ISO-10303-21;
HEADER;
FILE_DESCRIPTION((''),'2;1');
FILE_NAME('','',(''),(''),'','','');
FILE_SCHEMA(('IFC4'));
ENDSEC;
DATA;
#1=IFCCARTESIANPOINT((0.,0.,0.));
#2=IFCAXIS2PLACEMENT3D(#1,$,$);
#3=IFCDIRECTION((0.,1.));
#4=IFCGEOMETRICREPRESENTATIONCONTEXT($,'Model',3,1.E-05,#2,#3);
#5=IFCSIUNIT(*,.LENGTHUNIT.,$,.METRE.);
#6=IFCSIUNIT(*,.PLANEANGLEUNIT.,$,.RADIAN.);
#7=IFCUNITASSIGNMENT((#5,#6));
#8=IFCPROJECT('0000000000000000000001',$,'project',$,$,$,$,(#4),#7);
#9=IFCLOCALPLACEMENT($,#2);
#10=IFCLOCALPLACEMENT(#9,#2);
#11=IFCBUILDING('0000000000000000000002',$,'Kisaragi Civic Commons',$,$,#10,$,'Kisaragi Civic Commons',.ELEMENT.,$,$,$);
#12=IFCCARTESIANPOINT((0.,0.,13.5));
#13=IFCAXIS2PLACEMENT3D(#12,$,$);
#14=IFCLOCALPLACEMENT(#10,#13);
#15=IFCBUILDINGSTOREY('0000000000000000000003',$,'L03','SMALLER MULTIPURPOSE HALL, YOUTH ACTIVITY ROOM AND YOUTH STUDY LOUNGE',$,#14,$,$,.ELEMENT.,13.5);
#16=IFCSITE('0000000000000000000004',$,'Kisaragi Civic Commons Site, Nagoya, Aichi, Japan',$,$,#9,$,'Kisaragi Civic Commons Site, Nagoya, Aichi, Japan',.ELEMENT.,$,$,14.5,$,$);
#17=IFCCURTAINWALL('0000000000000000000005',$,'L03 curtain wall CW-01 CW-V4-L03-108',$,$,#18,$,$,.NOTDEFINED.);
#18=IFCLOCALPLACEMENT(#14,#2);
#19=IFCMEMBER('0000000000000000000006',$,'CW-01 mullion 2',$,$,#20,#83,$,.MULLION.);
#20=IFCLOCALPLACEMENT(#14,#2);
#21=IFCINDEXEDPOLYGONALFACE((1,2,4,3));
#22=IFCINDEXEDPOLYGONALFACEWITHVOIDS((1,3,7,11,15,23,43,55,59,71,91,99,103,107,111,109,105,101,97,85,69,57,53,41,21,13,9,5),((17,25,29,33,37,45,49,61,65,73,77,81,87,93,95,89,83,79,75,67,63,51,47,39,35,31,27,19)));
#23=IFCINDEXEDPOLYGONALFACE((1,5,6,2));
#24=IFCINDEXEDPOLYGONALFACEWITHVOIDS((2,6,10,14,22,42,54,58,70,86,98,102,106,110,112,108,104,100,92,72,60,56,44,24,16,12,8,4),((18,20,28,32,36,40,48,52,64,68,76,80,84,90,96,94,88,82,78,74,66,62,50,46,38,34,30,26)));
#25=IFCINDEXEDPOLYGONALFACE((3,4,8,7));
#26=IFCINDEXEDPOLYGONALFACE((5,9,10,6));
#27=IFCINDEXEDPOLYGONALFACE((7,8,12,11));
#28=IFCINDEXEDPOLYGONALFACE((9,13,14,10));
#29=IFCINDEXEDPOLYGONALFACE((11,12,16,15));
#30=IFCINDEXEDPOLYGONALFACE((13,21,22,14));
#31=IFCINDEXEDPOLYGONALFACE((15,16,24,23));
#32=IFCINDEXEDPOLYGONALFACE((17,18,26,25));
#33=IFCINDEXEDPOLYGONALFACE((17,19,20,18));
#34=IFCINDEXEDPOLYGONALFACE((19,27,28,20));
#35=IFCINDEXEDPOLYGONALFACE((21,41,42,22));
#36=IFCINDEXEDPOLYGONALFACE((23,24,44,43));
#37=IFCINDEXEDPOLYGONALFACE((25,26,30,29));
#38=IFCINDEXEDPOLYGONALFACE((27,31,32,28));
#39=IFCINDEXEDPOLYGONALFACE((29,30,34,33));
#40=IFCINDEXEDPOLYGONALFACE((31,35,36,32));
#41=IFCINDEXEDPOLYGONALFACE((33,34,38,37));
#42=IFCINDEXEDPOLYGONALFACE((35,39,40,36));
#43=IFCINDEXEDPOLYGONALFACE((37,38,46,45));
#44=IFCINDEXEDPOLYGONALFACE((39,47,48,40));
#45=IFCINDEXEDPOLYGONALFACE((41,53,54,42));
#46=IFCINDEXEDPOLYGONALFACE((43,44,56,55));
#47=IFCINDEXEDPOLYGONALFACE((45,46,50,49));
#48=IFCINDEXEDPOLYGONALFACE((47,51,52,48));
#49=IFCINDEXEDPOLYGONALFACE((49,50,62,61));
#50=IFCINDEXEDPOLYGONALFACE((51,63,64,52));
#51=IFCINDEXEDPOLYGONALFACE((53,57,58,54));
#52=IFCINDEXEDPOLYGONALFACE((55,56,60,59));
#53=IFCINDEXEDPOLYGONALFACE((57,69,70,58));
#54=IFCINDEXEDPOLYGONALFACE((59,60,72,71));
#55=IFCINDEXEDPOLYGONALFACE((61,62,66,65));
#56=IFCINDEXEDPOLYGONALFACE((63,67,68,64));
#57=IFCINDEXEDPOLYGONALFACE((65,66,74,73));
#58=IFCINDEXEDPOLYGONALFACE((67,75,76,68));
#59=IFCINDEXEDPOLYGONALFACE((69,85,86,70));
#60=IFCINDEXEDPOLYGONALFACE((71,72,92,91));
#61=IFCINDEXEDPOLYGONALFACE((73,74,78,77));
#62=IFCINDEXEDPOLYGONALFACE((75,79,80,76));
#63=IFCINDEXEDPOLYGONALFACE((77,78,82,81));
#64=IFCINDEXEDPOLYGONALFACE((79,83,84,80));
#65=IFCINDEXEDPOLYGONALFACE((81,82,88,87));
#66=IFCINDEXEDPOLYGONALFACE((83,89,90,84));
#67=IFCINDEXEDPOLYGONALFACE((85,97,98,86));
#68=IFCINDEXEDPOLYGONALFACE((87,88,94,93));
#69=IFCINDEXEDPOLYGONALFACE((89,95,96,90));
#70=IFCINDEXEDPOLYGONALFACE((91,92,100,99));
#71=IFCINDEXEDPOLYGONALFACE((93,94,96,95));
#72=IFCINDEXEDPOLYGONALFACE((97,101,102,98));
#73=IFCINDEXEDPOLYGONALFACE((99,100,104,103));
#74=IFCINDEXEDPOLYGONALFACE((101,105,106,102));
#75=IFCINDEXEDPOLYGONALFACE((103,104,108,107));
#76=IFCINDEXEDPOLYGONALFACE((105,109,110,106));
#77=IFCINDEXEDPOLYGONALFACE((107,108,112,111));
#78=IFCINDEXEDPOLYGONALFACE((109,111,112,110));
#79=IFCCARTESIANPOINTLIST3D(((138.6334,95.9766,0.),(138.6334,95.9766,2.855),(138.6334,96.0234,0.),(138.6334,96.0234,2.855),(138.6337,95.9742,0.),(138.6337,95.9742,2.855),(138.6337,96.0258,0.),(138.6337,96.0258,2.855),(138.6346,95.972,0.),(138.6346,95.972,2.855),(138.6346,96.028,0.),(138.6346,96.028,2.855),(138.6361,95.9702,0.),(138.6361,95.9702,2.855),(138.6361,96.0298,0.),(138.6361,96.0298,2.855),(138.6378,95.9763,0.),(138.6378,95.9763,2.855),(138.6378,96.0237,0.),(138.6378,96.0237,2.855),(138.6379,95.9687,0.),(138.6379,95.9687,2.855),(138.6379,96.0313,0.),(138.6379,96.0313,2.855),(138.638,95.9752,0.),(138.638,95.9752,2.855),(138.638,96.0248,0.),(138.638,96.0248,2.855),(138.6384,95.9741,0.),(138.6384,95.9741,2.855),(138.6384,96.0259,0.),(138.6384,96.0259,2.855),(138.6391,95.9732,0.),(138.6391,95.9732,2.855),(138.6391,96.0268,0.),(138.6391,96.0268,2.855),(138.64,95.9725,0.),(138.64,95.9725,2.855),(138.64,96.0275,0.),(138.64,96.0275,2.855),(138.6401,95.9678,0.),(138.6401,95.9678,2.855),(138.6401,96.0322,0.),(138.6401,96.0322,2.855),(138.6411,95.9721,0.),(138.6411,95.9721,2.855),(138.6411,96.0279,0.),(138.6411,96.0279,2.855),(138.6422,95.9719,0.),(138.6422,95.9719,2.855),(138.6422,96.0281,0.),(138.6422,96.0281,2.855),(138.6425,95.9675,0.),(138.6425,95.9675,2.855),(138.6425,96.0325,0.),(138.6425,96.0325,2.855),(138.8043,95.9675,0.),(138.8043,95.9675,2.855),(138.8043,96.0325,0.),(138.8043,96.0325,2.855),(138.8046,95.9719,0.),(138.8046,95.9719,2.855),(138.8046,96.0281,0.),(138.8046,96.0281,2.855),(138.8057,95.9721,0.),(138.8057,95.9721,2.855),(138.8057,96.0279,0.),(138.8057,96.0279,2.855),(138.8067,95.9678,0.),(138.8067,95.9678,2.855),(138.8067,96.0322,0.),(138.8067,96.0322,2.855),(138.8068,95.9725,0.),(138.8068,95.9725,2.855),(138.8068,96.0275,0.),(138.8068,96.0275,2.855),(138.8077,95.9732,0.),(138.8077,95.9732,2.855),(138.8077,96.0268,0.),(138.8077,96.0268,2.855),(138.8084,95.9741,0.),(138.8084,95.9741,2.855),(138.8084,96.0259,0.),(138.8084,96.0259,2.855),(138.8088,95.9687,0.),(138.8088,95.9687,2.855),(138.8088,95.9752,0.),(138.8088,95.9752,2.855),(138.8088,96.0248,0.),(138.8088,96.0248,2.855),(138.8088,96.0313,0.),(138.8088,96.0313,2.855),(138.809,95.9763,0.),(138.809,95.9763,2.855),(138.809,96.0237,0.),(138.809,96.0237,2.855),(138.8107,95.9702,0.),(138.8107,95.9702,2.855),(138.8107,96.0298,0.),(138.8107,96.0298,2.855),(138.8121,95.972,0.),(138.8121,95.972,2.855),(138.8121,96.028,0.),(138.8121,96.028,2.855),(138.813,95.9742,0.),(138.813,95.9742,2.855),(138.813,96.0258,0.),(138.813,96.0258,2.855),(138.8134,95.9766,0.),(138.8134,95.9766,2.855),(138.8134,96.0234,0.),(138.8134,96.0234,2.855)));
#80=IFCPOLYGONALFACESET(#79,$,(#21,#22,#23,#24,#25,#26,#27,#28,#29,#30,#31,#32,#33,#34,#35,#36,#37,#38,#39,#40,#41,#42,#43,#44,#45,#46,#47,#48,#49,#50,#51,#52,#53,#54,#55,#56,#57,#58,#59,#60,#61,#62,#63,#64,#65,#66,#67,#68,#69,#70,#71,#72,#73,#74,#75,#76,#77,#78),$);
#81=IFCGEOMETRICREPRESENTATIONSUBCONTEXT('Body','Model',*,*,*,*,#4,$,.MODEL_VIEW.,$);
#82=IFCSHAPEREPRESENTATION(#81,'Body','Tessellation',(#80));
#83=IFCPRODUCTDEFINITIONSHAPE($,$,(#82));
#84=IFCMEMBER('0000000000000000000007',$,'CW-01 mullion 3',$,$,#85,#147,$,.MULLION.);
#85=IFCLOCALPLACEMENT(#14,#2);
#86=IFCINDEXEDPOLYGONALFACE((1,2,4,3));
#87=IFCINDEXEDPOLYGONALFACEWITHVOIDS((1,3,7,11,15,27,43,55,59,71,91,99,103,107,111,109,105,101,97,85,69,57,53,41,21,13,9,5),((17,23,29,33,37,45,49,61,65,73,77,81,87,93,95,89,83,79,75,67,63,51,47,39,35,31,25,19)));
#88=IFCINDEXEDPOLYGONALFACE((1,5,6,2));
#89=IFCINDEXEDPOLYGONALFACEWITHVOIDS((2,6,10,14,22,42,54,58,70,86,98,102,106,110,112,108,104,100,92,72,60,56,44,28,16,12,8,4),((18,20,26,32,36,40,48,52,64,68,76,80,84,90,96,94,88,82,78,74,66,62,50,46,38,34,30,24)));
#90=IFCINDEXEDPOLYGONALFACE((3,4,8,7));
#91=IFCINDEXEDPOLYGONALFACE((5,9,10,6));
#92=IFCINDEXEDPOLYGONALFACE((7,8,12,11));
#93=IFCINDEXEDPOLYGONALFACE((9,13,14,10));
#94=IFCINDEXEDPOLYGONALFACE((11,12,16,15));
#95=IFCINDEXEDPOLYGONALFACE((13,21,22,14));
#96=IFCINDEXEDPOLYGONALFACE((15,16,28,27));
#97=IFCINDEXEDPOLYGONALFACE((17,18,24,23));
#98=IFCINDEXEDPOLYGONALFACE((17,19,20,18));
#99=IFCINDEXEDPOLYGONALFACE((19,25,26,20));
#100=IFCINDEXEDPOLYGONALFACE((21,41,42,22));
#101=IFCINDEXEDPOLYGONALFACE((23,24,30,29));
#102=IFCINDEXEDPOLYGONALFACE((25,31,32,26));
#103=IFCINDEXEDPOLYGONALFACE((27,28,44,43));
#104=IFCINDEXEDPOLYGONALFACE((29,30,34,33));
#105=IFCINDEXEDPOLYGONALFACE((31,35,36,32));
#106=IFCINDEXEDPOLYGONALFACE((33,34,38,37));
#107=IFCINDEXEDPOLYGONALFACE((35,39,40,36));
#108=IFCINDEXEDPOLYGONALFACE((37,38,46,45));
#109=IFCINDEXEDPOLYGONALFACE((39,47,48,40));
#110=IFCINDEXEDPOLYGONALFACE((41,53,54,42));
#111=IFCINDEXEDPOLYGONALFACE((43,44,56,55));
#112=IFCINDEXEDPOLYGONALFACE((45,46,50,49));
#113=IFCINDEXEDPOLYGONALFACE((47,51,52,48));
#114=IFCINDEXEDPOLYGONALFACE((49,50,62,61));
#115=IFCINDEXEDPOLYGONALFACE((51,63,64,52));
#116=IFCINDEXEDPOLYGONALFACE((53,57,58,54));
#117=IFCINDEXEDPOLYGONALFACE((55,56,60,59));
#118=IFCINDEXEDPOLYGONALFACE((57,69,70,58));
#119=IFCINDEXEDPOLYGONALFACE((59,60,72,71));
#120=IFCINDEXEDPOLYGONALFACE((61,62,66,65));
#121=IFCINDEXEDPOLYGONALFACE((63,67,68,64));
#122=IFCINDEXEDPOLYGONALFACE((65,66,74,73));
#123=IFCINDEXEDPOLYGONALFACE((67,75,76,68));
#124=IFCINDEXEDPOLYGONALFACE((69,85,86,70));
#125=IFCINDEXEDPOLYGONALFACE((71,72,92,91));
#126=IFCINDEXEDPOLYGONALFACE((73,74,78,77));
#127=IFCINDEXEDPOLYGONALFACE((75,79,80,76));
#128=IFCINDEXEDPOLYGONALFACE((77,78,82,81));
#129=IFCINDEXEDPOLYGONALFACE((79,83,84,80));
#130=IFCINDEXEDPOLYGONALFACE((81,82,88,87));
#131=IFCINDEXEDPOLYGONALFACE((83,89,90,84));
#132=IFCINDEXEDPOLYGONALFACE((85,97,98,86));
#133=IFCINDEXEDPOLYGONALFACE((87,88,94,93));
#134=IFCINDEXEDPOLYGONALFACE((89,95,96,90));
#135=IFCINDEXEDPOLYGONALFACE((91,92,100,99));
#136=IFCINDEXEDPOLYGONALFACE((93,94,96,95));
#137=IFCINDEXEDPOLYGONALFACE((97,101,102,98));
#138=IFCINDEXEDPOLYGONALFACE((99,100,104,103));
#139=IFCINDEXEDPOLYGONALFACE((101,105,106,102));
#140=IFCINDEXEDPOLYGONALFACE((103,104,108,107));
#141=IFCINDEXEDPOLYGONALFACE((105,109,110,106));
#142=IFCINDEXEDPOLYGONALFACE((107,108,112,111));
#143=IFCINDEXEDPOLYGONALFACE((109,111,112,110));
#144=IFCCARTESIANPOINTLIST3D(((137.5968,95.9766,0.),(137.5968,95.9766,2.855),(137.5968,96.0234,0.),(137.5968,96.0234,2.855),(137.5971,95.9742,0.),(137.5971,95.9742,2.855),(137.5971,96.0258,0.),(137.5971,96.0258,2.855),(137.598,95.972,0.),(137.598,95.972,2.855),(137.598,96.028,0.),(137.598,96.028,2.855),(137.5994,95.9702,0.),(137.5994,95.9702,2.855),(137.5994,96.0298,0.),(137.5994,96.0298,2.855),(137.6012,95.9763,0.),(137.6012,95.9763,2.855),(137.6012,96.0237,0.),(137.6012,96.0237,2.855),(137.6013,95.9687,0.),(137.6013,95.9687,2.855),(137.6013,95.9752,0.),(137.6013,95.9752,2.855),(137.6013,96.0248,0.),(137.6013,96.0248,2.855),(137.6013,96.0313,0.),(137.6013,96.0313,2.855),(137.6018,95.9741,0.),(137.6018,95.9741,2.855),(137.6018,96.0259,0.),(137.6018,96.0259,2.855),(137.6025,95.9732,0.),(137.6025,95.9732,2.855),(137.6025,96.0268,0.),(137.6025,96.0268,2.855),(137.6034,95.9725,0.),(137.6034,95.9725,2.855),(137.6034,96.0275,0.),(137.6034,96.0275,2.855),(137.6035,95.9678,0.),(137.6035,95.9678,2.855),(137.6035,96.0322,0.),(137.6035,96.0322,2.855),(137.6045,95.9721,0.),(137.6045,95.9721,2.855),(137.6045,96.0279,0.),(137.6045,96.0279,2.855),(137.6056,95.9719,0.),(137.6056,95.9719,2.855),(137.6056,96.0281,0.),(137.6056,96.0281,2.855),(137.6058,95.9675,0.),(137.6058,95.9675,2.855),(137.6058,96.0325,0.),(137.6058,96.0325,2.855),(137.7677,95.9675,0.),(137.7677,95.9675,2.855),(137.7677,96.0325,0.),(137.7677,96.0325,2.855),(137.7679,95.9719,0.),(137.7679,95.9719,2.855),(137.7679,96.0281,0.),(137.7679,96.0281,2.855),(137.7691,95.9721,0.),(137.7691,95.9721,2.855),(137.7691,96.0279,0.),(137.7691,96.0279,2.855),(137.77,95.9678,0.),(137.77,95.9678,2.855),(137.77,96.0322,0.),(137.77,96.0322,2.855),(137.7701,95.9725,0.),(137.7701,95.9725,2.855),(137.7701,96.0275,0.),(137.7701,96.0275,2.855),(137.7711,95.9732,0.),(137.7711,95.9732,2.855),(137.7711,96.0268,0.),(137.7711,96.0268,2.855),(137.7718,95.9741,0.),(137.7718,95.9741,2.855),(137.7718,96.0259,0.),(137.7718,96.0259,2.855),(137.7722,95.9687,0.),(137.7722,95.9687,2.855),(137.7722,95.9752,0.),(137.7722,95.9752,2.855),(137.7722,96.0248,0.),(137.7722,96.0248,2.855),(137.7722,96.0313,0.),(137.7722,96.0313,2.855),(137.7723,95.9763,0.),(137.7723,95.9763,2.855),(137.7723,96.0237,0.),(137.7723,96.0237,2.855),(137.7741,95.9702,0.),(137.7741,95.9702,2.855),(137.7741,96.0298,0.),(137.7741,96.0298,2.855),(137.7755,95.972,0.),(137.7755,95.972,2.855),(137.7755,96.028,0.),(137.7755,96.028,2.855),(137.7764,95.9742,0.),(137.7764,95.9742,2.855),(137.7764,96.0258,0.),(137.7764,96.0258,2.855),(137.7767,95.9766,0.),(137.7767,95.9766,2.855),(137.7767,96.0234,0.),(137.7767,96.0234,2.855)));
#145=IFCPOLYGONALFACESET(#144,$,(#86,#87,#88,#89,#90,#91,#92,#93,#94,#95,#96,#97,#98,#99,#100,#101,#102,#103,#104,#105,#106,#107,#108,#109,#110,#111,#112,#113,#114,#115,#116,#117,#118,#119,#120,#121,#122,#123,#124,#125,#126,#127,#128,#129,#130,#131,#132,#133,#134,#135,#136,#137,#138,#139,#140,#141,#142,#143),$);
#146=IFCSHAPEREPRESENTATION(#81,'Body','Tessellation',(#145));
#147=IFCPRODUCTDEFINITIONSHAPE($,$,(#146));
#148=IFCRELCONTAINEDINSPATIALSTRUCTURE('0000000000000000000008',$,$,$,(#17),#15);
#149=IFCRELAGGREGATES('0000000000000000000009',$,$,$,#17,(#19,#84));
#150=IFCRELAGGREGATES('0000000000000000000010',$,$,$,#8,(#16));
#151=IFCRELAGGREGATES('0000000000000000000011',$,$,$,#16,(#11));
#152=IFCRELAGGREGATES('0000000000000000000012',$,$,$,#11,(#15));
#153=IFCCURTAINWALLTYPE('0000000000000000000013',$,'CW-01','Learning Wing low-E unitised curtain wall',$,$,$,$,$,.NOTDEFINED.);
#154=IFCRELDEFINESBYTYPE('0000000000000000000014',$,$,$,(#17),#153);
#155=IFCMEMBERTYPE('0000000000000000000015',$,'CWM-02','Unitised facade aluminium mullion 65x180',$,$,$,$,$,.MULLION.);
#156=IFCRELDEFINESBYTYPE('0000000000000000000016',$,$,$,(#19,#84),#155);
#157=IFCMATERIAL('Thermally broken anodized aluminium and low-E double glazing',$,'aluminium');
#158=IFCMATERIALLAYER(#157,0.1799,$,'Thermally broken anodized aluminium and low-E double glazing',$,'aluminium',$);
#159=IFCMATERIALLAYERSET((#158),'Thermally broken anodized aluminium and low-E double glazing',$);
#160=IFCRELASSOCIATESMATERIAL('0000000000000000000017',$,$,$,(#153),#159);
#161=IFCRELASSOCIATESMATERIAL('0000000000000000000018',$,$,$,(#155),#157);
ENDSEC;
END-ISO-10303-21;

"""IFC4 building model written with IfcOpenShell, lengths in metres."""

from ifc_helpers import new_model, si_unit, direction, frame, origin, origin_2d, place, context, subcontext, project, spatial, hollow_rectangle, extrude, material, layer, layer_set, material_profile, profile_set, type_object, element, aggregate, save


model = new_model("IFC4")

# Units and contexts
model_context = context("Model", 3, precision=1e-05, world=origin(), true_north=direction((0.0, 1.0)))
body_context = subcontext(model_context, "Body", "Model", "MODEL_VIEW")
ifc_project = project(units=[si_unit("LENGTHUNIT", "METRE"), si_unit("PLANEANGLEUNIT", "RADIAN")], contexts=[model_context])

# Site, building, storey
site_placement = place(None, origin())
site = spatial("IfcSite", under=ifc_project, at=site_placement, Name="Kisaragi Civic Commons Site, Nagoya, Aichi, Japan", LongName="Kisaragi Civic Commons Site, Nagoya, Aichi, Japan", CompositionType="ELEMENT", RefElevation=14.5)
building_placement = place(site_placement, origin())
building = spatial("IfcBuilding", under=site, at=building_placement, Name="Kisaragi Civic Commons", LongName="Kisaragi Civic Commons", CompositionType="ELEMENT")
storey_placement = place(building_placement, frame((0.0, 0.0, 13.5)))
storey = spatial("IfcBuildingStorey", under=building, at=storey_placement, Name="L03", Description="SMALLER MULTIPURPOSE HALL, YOUTH ACTIVITY ROOM AND YOUTH STUDY LOUNGE", CompositionType="ELEMENT", Elevation=13.5)

# Shared definitions
ifc_material = material(Name="Thermally broken anodized aluminium and low-E double glazing", Category="aluminium")
ifc_layer_1 = layer(ifc_material, 0.1799, Name="Thermally broken anodized aluminium and low-E double glazing", Category="aluminium")
ifc_layer_set_1 = layer_set([ifc_layer_1], Name="Thermally broken anodized aluminium and low-E double glazing")
curtain_wall_type = type_object("IfcCurtainWallType", Name="CW-01", Description="Learning Wing low-E unitised curtain wall", PredefinedType="NOTDEFINED", material=ifc_layer_set_1)
ifc_material_profile_1 = material_profile(ifc_material, hollow_rectangle(XDim=0.0649, YDim=0.1799, WallThickness=0.0044, InnerFilletRadius=0.0044, OuterFilletRadius=0.009, at=origin_2d()), Name="CWM-65x180x4.5", Category="aluminium")
ifc_profile_set_1 = profile_set([ifc_material_profile_1], Name="Thermally broken anodized aluminium and low-E double glazing")
member_type_1 = type_object("IfcMemberType", Name="CWM-02", Description="Unitised facade aluminium mullion 65x180", PredefinedType="MULLION", material=ifc_profile_set_1)

# Curtain wall, members
curtain_wall_1_placement = place(storey_placement, origin())
curtain_wall_1 = element("IfcCurtainWall", 1, at=curtain_wall_1_placement, inside=storey, type_object=curtain_wall_type, Name="L03 curtain wall CW-01 CW-V4-L03-108", PredefinedType="NOTDEFINED")
member_1_placement = place(storey_placement, frame((138.7234, 96.0, 0.0), z_axis=(0.0, 0.0, 1.0), x_axis=(0.0, -1.0, 0.0)))
member_1 = element("IfcMember", 2, at=member_1_placement, type_object=member_type_1, Name="CW-01 mullion 2", PredefinedType="MULLION", context=body_context, shape_type="SweptSolid", body=[
    extrude(hollow_rectangle(XDim=0.0649, YDim=0.1799, WallThickness=0.0044, InnerFilletRadius=0.0044, OuterFilletRadius=0.009, at=origin_2d()), origin(), (0.0, 0.0, 1.0), 2.855),
])
member_2_placement = place(storey_placement, frame((137.6868, 96.0, 0.0), z_axis=(0.0, 0.0, 1.0), x_axis=(0.0, -1.0, 0.0)))
member_2 = element("IfcMember", 3, at=member_2_placement, type_object=member_type_1, Name="CW-01 mullion 3", PredefinedType="MULLION", context=body_context, shape_type="SweptSolid", body=[
    extrude(hollow_rectangle(XDim=0.0649, YDim=0.1799, WallThickness=0.0044, InnerFilletRadius=0.0044, OuterFilletRadius=0.009, at=origin_2d()), origin(), (0.0, 0.0, 1.0), 2.855),
])
aggregate(curtain_wall_1, [member_1, member_2])

save(model, "model.ifc")
